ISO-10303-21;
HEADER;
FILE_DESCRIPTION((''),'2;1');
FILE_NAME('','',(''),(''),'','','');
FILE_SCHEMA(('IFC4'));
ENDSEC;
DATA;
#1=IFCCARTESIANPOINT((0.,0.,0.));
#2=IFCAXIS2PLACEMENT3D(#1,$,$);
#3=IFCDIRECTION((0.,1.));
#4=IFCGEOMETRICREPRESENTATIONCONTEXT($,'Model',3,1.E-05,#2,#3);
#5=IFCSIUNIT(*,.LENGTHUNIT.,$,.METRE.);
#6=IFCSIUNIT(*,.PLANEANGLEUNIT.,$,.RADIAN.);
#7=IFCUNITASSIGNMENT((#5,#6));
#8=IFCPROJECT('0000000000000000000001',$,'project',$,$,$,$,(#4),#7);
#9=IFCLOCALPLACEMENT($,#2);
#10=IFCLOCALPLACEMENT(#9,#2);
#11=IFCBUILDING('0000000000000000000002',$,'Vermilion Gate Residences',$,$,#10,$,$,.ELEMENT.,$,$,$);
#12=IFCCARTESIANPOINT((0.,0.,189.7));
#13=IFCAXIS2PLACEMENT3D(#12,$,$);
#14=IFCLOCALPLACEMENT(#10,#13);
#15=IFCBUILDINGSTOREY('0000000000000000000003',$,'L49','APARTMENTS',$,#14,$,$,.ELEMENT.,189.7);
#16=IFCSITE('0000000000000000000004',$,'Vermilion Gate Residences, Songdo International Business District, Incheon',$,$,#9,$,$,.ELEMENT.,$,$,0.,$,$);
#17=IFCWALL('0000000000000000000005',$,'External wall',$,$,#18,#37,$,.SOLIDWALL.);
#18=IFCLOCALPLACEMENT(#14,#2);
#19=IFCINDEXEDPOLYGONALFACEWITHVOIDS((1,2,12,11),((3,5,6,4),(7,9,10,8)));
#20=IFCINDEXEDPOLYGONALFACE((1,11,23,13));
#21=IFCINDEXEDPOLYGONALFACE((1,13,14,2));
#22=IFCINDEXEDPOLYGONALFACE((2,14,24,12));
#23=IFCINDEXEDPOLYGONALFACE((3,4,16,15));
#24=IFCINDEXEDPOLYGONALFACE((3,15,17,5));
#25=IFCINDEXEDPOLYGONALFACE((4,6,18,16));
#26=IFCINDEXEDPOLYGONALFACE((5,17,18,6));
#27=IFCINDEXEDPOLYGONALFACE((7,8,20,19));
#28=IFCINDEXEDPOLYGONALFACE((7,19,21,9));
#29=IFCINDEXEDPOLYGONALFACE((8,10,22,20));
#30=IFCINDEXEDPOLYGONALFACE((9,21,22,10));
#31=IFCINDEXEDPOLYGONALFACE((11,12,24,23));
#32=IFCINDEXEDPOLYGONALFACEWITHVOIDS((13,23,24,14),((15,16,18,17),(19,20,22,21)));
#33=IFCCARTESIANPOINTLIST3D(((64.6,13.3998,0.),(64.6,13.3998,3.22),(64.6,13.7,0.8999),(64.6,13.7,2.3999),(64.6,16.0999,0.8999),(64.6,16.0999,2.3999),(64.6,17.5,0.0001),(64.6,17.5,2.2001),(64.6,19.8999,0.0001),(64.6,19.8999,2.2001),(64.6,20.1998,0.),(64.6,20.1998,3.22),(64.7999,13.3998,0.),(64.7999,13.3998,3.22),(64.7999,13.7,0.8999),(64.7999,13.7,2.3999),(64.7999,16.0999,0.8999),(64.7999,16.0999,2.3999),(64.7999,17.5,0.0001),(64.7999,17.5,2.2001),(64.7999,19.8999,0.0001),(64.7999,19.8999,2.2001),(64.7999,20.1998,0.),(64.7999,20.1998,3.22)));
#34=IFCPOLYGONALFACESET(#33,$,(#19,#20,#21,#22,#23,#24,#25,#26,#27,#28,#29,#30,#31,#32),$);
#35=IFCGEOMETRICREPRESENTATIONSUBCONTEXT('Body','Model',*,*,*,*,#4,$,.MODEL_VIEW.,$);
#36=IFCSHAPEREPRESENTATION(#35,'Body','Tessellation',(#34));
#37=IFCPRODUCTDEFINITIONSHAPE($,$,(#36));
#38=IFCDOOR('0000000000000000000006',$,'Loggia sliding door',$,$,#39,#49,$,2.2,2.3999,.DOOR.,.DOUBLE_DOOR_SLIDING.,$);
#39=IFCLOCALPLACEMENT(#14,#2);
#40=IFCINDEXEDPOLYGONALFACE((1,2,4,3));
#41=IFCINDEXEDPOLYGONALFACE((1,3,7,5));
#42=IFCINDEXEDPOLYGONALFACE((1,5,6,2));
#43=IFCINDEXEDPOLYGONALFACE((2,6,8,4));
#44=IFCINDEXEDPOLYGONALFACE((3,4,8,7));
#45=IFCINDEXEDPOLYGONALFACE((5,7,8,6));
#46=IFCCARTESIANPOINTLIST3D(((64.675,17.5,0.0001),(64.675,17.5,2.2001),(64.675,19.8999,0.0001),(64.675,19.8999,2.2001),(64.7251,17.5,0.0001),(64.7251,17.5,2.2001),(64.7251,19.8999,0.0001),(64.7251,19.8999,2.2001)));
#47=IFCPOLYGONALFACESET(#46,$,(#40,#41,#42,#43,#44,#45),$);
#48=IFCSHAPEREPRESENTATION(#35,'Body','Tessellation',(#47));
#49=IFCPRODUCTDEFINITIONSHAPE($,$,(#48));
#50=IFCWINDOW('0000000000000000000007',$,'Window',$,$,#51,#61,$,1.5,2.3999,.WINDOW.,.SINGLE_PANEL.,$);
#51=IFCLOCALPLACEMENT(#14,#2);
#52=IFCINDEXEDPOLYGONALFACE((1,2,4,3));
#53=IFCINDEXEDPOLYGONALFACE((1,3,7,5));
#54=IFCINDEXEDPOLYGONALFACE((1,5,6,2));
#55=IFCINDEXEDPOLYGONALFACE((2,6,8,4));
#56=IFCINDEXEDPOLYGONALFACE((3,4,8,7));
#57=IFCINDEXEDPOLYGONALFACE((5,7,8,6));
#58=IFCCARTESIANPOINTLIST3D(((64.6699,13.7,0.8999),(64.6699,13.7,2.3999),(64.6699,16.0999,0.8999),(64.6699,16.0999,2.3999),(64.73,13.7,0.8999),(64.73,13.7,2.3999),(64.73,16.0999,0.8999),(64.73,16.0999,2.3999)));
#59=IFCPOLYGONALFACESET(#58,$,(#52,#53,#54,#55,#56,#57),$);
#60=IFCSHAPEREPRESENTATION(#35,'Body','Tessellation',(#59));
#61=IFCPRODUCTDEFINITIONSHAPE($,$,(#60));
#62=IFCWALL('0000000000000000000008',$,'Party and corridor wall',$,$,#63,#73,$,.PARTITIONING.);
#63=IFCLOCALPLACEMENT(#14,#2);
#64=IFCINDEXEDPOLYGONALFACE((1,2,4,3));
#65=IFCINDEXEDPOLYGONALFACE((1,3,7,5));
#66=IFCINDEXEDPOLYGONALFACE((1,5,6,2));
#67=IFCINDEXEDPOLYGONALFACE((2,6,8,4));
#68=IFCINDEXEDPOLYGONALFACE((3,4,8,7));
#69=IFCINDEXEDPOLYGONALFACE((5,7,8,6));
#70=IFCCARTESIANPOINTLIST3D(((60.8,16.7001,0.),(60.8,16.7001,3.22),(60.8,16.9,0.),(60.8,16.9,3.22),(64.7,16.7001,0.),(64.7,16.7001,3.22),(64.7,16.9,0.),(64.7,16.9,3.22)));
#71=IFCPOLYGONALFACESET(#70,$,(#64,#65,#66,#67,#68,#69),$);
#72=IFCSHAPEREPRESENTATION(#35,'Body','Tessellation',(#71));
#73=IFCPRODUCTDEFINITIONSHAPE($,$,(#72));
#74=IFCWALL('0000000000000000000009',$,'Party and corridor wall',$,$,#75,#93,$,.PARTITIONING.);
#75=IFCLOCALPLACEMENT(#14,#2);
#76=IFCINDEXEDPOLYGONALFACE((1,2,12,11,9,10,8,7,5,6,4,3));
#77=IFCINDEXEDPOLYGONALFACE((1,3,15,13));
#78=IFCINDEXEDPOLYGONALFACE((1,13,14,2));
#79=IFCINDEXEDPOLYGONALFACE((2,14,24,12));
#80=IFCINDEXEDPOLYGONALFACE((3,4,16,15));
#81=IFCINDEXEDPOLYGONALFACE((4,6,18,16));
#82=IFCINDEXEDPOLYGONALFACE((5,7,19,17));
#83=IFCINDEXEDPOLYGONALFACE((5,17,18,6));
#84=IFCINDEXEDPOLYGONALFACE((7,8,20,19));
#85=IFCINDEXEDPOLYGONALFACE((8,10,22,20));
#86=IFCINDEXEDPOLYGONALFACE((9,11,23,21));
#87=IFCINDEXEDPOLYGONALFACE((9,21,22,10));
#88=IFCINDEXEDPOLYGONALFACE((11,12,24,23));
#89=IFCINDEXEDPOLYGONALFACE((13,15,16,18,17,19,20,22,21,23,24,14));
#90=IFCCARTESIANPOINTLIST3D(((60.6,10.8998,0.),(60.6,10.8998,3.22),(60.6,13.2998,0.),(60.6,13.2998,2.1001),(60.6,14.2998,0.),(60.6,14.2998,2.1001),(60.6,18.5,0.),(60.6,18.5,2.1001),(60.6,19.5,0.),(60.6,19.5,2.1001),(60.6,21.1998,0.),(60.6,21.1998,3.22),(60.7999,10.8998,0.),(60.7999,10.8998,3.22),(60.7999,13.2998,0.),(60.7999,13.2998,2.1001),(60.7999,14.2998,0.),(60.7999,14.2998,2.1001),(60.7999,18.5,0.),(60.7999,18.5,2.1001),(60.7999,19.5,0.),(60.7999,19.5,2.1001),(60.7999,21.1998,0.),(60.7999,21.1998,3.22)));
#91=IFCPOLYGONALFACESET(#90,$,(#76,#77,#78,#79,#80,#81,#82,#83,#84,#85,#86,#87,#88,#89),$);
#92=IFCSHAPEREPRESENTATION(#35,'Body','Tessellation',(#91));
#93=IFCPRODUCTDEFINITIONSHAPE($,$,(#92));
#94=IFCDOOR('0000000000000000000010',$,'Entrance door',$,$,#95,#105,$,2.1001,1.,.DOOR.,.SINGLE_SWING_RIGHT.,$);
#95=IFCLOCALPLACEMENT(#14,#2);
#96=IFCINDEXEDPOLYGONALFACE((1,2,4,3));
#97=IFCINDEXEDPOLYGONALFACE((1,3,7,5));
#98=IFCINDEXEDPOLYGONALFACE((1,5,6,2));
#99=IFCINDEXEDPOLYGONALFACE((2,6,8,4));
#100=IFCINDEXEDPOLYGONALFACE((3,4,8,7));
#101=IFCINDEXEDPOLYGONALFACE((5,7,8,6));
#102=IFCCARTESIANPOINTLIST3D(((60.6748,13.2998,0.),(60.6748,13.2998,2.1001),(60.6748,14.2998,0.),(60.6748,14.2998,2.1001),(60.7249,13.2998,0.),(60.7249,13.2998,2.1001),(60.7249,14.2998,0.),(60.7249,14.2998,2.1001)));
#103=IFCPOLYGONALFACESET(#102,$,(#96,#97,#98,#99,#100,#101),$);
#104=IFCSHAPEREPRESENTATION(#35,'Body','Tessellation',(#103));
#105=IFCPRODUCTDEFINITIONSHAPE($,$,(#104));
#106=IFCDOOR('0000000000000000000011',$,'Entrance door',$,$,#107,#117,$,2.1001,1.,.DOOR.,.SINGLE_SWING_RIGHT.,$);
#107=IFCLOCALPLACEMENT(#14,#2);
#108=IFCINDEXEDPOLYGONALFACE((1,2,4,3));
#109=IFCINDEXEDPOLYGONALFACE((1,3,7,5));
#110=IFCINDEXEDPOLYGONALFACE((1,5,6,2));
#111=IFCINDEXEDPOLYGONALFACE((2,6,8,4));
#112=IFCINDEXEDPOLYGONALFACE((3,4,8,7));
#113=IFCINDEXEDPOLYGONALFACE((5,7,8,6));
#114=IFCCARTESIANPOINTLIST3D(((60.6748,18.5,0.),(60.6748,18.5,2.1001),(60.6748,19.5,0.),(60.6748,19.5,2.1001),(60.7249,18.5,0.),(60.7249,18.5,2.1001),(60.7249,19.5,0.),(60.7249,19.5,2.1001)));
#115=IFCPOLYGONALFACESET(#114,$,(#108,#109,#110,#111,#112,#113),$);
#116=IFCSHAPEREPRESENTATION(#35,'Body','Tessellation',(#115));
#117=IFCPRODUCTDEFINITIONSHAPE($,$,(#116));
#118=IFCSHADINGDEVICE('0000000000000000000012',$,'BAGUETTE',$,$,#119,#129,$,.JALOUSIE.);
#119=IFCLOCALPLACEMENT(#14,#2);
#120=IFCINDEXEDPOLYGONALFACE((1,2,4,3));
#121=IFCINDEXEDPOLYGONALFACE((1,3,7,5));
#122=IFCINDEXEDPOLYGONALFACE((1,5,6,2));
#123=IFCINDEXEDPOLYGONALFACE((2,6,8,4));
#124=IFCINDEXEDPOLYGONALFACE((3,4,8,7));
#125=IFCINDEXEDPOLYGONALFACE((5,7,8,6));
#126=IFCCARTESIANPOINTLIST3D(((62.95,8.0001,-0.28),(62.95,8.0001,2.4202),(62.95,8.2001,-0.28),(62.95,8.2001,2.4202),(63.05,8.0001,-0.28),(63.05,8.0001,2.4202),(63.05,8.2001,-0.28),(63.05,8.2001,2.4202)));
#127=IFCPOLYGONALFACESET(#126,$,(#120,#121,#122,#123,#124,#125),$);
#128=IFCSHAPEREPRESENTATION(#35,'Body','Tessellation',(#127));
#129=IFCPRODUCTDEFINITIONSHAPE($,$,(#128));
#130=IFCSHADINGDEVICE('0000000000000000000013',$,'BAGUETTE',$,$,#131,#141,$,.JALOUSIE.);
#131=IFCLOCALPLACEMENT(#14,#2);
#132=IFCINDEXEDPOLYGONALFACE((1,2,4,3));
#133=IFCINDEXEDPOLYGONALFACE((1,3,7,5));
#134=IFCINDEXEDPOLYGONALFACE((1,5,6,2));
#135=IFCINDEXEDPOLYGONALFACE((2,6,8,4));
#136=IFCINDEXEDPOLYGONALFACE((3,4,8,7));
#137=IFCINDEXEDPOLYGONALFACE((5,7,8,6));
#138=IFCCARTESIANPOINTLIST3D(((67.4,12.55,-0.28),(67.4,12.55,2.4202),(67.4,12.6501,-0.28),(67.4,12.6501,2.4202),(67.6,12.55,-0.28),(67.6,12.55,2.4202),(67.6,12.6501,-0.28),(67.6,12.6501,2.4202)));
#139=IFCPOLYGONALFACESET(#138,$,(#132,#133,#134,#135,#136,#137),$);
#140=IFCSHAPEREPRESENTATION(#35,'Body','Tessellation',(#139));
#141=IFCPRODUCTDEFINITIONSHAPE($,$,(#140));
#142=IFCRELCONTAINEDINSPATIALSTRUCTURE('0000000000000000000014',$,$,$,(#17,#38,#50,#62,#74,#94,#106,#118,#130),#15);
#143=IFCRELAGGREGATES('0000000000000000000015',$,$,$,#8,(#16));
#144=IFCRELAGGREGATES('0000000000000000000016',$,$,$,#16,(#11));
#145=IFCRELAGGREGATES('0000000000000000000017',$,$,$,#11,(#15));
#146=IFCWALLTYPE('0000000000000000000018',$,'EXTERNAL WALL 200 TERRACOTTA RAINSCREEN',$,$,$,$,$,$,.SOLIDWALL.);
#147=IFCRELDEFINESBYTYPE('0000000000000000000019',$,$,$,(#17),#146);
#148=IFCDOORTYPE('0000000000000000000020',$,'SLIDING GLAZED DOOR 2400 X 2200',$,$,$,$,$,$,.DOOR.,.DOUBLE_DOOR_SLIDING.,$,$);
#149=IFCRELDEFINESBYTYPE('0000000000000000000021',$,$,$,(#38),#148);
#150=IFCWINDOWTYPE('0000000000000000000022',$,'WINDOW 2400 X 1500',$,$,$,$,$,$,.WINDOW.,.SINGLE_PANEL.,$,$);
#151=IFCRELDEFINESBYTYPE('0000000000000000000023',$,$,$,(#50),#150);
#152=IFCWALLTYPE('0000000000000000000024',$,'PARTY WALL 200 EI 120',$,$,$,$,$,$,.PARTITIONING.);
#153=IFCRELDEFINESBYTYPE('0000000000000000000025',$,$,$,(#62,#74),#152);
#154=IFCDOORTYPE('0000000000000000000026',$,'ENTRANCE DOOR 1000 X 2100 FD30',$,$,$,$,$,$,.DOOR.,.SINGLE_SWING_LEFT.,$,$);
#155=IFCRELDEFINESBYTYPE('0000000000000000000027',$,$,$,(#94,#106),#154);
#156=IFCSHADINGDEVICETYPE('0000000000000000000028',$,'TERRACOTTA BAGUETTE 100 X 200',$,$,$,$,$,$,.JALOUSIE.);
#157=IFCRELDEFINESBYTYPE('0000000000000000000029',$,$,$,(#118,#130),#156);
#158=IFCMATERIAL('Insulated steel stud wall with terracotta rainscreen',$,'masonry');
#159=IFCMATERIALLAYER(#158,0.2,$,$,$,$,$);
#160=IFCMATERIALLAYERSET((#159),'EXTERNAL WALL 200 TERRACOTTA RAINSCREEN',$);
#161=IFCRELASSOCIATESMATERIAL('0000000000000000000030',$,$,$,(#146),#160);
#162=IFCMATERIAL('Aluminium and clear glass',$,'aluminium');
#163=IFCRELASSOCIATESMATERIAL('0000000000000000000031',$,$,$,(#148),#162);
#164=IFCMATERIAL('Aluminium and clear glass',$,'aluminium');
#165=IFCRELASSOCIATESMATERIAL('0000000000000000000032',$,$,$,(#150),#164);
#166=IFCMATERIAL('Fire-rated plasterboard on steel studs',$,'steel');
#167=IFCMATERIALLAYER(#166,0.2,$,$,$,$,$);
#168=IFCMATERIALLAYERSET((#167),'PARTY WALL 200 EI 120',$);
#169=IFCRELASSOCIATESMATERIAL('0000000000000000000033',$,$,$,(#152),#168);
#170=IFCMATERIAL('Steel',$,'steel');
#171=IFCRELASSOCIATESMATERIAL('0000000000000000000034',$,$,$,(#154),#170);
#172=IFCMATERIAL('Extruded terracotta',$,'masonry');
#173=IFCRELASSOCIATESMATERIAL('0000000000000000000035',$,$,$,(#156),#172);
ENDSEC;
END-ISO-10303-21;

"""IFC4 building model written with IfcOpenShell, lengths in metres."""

from ifc_helpers import new_model, si_unit, direction, frame, frame_2d, origin, origin_2d, place, context, subcontext, project, spatial, rectangle, extrude, material, layer, layer_set, material_profile, profile_set, type_object, element, fill, save


model = new_model("IFC4")

# Units and contexts
model_context = context("Model", 3, precision=1e-05, world=origin(), true_north=direction((0.0, 1.0)))
body_context = subcontext(model_context, "Body", "Model", "MODEL_VIEW")
ifc_project = project(units=[si_unit("LENGTHUNIT", "METRE"), si_unit("PLANEANGLEUNIT", "RADIAN")], contexts=[model_context])

# Site, building, storey
site_placement = place(None, origin())
site = spatial("IfcSite", under=ifc_project, at=site_placement, Name="Vermilion Gate Residences, Songdo International Business District, Incheon", CompositionType="ELEMENT", RefElevation=0.0)
building_placement = place(site_placement, origin())
building = spatial("IfcBuilding", under=site, at=building_placement, Name="Vermilion Gate Residences", CompositionType="ELEMENT")
storey_placement = place(building_placement, frame((0.0, 0.0, 189.7)))
storey = spatial("IfcBuildingStorey", under=building, at=storey_placement, Name="L49", Description="APARTMENTS", CompositionType="ELEMENT", Elevation=189.7)

# Shared definitions
ifc_material_1 = material(Name="Insulated steel stud wall with terracotta rainscreen", Category="masonry")
ifc_layer_1 = layer(ifc_material_1, 0.2)
ifc_layer_set_1 = layer_set([ifc_layer_1], Name="EXTERNAL WALL 200 TERRACOTTA RAINSCREEN")
wall_type_1 = type_object("IfcWallType", Name="EXTERNAL WALL 200 TERRACOTTA RAINSCREEN", PredefinedType="SOLIDWALL", material=ifc_layer_set_1)

# Wall, openings, door, window
wall_1_placement = place(storey_placement, frame((64.7, 13.3999, 0.0), z_axis=(0.0, 0.0, 1.0), x_axis=(0.0, 1.0, 0.0)))
wall_1 = element("IfcWall", 1, at=wall_1_placement, inside=storey, type_object=wall_type_1, Name="External wall", PredefinedType="SOLIDWALL", context=body_context, shape_type="SweptSolid", body=[
    extrude(rectangle(XDim=6.8, YDim=0.2, at=frame_2d((3.3999, 0.0))), origin(), (0.0, 0.0, 1.0), 3.22),
])
opening_1_placement = place(wall_1_placement, frame((0.3, 0.0, 0.8999)))
opening_1 = element("IfcOpeningElement", 2, at=opening_1_placement, cuts=wall_1, PredefinedType="OPENING", context=body_context, shape_type="SweptSolid", body=[
    extrude(rectangle(XDim=2.3999, YDim=1.5, at=frame_2d((1.2, 0.75))), frame((0.0, 0.1099, 0.0), z_axis=(0.0, -1.0, 0.0), x_axis=(1.0, 0.0, 0.0)), (0.0, 0.0, 1.0), 0.22),
])
opening_2_placement = place(wall_1_placement, frame((4.1001, 0.0, 0.0)))
opening_2 = element("IfcOpeningElement", 3, at=opening_2_placement, cuts=wall_1, PredefinedType="OPENING", context=body_context, shape_type="SweptSolid", body=[
    extrude(rectangle(XDim=2.3999, YDim=2.2, at=frame_2d((1.2, 1.1001))), frame((0.0, 0.1099, 0.0), z_axis=(0.0, -1.0, 0.0), x_axis=(1.0, 0.0, 0.0)), (0.0, 0.0, 1.0), 0.22),
])
ifc_material_2 = material(Name="Aluminium and clear glass", Category="aluminium")
door_type_1 = type_object("IfcDoorType", Name="SLIDING GLAZED DOOR 2400 X 2200", OperationType="DOUBLE_DOOR_SLIDING", PredefinedType="DOOR", material=ifc_material_2)
door_1_placement = place(opening_2_placement, origin())
door_1 = element("IfcDoor", 4, at=door_1_placement, inside=storey, type_object=door_type_1, Name="Loggia sliding door", OperationType="DOUBLE_DOOR_SLIDING", OverallHeight=2.2, OverallWidth=2.3999, PredefinedType="DOOR", context=body_context, shape_type="SweptSolid", body=[
    extrude(rectangle(XDim=2.3999, YDim=2.2, at=frame_2d((1.2, 1.1001))), frame((0.0, 0.0249, 0.0), z_axis=(0.0, -1.0, 0.0), x_axis=(1.0, 0.0, 0.0)), (0.0, 0.0, 1.0), 0.05),
])
fill(opening_2, door_1)
ifc_material_3 = material(Name="Aluminium and clear glass", Category="aluminium")
window_type_1 = type_object("IfcWindowType", Name="WINDOW 2400 X 1500", PartitioningType="SINGLE_PANEL", PredefinedType="WINDOW", material=ifc_material_3)
window_1_placement = place(opening_1_placement, origin())
window_1 = element("IfcWindow", 5, at=window_1_placement, inside=storey, type_object=window_type_1, Name="Window", OverallHeight=1.5, OverallWidth=2.3999, PartitioningType="SINGLE_PANEL", PredefinedType="WINDOW", context=body_context, shape_type="SweptSolid", body=[
    extrude(rectangle(XDim=2.3999, YDim=1.5, at=frame_2d((1.2, 0.75))), frame((0.0, 0.03, 0.0), z_axis=(0.0, -1.0, 0.0), x_axis=(1.0, 0.0, 0.0)), (0.0, 0.0, 1.0), 0.0601),
])
fill(opening_1, window_1)

# Wall
ifc_material_4 = material(Name="Fire-rated plasterboard on steel studs", Category="steel")
ifc_layer_2 = layer(ifc_material_4, 0.2)
ifc_layer_set_2 = layer_set([ifc_layer_2], Name="PARTY WALL 200 EI 120")
wall_type_2 = type_object("IfcWallType", Name="PARTY WALL 200 EI 120", PredefinedType="PARTITIONING", material=ifc_layer_set_2)
wall_2_placement = place(storey_placement, frame((60.8, 16.8, 0.0), z_axis=(0.0, 0.0, 1.0), x_axis=(1.0, 0.0, 0.0)))
element("IfcWall", 6, at=wall_2_placement, inside=storey, type_object=wall_type_2, Name="Party and corridor wall", PredefinedType="PARTITIONING", context=body_context, shape_type="SweptSolid", body=[
    extrude(rectangle(XDim=3.8999, YDim=0.2, at=frame_2d((1.95, 0.0))), origin(), (0.0, 0.0, 1.0), 3.22),
])

# Wall, openings, doors
wall_3_placement = place(storey_placement, frame((60.7, 10.8999, 0.0), z_axis=(0.0, 0.0, 1.0), x_axis=(0.0, 1.0, 0.0)))
wall_3 = element("IfcWall", 7, at=wall_3_placement, inside=storey, type_object=wall_type_2, Name="Party and corridor wall", PredefinedType="PARTITIONING", context=body_context, shape_type="SweptSolid", body=[
    extrude(rectangle(XDim=10.3, YDim=0.2, at=frame_2d((5.1499, 0.0))), origin(), (0.0, 0.0, 1.0), 3.22),
])
opening_3_placement = place(wall_3_placement, frame((2.3999, 0.0, 0.0)))
opening_3 = element("IfcOpeningElement", 8, at=opening_3_placement, cuts=wall_3, PredefinedType="OPENING", context=body_context, shape_type="SweptSolid", body=[
    extrude(rectangle(XDim=1.0, YDim=2.1001, at=frame_2d((0.5, 1.05))), frame((0.0, 0.1099, 0.0), z_axis=(0.0, -1.0, 0.0), x_axis=(1.0, 0.0, 0.0)), (0.0, 0.0, 1.0), 0.22),
])
opening_4_placement = place(wall_3_placement, frame((7.6001, 0.0, 0.0)))
opening_4 = element("IfcOpeningElement", 9, at=opening_4_placement, cuts=wall_3, PredefinedType="OPENING", context=body_context, shape_type="SweptSolid", body=[
    extrude(rectangle(XDim=1.0, YDim=2.1001, at=frame_2d((0.5, 1.05))), frame((0.0, 0.1099, 0.0), z_axis=(0.0, -1.0, 0.0), x_axis=(1.0, 0.0, 0.0)), (0.0, 0.0, 1.0), 0.22),
])
ifc_material_5 = material(Name="Steel", Category="steel")
door_type_2 = type_object("IfcDoorType", Name="ENTRANCE DOOR 1000 X 2100 FD30", OperationType="SINGLE_SWING_LEFT", PredefinedType="DOOR", material=ifc_material_5)
door_2_placement = place(opening_3_placement, frame((1.0, 0.0, 0.0), z_axis=(0.0, 0.0, 1.0), x_axis=(-1.0, 0.0, 0.0)))
door_2 = element("IfcDoor", 10, at=door_2_placement, inside=storey, type_object=door_type_2, Name="Entrance door", OperationType="SINGLE_SWING_RIGHT", OverallHeight=2.1001, OverallWidth=1.0, PredefinedType="DOOR", context=body_context, shape_type="SweptSolid", body=[
    extrude(rectangle(XDim=1.0, YDim=2.1001, at=frame_2d((0.5, 1.05))), frame((0.0, 0.0249, 0.0), z_axis=(0.0, -1.0, 0.0), x_axis=(1.0, 0.0, 0.0)), (0.0, 0.0, 1.0), 0.05),
])
fill(opening_3, door_2)
door_3_placement = place(opening_4_placement, frame((1.0, 0.0, 0.0), z_axis=(0.0, 0.0, 1.0), x_axis=(-1.0, 0.0, 0.0)))
door_3 = element("IfcDoor", 11, at=door_3_placement, inside=storey, type_object=door_type_2, Name="Entrance door", OperationType="SINGLE_SWING_RIGHT", OverallHeight=2.1001, OverallWidth=1.0, PredefinedType="DOOR", context=body_context, shape_type="SweptSolid", body=[
    extrude(rectangle(XDim=1.0, YDim=2.1001, at=frame_2d((0.5, 1.05))), frame((0.0, 0.0249, 0.0), z_axis=(0.0, -1.0, 0.0), x_axis=(1.0, 0.0, 0.0)), (0.0, 0.0, 1.0), 0.05),
])
fill(opening_4, door_3)

# Shading devices
ifc_material_6 = material(Name="Extruded terracotta", Category="masonry")
ifc_material_profile_1 = material_profile(ifc_material_6, rectangle(XDim=0.2, YDim=0.1001, at=origin_2d()), Name="BAGUETTE 100 X 200")
ifc_profile_set_1 = profile_set([ifc_material_profile_1], Name="Extruded terracotta")
shading_device_type = type_object("IfcShadingDeviceType", Name="TERRACOTTA BAGUETTE 100 X 200", PredefinedType="JALOUSIE", material=ifc_profile_set_1)
for number, where, z_axis, x_axis, name in (
    (12, (63.0, 8.1001, -0.28), (0.0, 0.0, 1.0), (0.0, 1.0, 0.0), "BAGUETTE"),
    (13, (67.5, 12.6001, -0.28), (0.0, 0.0, 1.0), (-1.0, 0.0, 0.0), "BAGUETTE"),
):
    element("IfcShadingDevice", number, at=place(storey_placement, frame(where, z_axis=z_axis, x_axis=x_axis)), inside=storey, type_object=shading_device_type, Name=name, PredefinedType="JALOUSIE", context=body_context, shape_type="SweptSolid", body=[
        extrude(rectangle(XDim=0.2, YDim=0.1001, at=origin_2d()), origin(), (0.0, 0.0, 1.0), 2.7002),
    ])

save(model, "model.ifc")
